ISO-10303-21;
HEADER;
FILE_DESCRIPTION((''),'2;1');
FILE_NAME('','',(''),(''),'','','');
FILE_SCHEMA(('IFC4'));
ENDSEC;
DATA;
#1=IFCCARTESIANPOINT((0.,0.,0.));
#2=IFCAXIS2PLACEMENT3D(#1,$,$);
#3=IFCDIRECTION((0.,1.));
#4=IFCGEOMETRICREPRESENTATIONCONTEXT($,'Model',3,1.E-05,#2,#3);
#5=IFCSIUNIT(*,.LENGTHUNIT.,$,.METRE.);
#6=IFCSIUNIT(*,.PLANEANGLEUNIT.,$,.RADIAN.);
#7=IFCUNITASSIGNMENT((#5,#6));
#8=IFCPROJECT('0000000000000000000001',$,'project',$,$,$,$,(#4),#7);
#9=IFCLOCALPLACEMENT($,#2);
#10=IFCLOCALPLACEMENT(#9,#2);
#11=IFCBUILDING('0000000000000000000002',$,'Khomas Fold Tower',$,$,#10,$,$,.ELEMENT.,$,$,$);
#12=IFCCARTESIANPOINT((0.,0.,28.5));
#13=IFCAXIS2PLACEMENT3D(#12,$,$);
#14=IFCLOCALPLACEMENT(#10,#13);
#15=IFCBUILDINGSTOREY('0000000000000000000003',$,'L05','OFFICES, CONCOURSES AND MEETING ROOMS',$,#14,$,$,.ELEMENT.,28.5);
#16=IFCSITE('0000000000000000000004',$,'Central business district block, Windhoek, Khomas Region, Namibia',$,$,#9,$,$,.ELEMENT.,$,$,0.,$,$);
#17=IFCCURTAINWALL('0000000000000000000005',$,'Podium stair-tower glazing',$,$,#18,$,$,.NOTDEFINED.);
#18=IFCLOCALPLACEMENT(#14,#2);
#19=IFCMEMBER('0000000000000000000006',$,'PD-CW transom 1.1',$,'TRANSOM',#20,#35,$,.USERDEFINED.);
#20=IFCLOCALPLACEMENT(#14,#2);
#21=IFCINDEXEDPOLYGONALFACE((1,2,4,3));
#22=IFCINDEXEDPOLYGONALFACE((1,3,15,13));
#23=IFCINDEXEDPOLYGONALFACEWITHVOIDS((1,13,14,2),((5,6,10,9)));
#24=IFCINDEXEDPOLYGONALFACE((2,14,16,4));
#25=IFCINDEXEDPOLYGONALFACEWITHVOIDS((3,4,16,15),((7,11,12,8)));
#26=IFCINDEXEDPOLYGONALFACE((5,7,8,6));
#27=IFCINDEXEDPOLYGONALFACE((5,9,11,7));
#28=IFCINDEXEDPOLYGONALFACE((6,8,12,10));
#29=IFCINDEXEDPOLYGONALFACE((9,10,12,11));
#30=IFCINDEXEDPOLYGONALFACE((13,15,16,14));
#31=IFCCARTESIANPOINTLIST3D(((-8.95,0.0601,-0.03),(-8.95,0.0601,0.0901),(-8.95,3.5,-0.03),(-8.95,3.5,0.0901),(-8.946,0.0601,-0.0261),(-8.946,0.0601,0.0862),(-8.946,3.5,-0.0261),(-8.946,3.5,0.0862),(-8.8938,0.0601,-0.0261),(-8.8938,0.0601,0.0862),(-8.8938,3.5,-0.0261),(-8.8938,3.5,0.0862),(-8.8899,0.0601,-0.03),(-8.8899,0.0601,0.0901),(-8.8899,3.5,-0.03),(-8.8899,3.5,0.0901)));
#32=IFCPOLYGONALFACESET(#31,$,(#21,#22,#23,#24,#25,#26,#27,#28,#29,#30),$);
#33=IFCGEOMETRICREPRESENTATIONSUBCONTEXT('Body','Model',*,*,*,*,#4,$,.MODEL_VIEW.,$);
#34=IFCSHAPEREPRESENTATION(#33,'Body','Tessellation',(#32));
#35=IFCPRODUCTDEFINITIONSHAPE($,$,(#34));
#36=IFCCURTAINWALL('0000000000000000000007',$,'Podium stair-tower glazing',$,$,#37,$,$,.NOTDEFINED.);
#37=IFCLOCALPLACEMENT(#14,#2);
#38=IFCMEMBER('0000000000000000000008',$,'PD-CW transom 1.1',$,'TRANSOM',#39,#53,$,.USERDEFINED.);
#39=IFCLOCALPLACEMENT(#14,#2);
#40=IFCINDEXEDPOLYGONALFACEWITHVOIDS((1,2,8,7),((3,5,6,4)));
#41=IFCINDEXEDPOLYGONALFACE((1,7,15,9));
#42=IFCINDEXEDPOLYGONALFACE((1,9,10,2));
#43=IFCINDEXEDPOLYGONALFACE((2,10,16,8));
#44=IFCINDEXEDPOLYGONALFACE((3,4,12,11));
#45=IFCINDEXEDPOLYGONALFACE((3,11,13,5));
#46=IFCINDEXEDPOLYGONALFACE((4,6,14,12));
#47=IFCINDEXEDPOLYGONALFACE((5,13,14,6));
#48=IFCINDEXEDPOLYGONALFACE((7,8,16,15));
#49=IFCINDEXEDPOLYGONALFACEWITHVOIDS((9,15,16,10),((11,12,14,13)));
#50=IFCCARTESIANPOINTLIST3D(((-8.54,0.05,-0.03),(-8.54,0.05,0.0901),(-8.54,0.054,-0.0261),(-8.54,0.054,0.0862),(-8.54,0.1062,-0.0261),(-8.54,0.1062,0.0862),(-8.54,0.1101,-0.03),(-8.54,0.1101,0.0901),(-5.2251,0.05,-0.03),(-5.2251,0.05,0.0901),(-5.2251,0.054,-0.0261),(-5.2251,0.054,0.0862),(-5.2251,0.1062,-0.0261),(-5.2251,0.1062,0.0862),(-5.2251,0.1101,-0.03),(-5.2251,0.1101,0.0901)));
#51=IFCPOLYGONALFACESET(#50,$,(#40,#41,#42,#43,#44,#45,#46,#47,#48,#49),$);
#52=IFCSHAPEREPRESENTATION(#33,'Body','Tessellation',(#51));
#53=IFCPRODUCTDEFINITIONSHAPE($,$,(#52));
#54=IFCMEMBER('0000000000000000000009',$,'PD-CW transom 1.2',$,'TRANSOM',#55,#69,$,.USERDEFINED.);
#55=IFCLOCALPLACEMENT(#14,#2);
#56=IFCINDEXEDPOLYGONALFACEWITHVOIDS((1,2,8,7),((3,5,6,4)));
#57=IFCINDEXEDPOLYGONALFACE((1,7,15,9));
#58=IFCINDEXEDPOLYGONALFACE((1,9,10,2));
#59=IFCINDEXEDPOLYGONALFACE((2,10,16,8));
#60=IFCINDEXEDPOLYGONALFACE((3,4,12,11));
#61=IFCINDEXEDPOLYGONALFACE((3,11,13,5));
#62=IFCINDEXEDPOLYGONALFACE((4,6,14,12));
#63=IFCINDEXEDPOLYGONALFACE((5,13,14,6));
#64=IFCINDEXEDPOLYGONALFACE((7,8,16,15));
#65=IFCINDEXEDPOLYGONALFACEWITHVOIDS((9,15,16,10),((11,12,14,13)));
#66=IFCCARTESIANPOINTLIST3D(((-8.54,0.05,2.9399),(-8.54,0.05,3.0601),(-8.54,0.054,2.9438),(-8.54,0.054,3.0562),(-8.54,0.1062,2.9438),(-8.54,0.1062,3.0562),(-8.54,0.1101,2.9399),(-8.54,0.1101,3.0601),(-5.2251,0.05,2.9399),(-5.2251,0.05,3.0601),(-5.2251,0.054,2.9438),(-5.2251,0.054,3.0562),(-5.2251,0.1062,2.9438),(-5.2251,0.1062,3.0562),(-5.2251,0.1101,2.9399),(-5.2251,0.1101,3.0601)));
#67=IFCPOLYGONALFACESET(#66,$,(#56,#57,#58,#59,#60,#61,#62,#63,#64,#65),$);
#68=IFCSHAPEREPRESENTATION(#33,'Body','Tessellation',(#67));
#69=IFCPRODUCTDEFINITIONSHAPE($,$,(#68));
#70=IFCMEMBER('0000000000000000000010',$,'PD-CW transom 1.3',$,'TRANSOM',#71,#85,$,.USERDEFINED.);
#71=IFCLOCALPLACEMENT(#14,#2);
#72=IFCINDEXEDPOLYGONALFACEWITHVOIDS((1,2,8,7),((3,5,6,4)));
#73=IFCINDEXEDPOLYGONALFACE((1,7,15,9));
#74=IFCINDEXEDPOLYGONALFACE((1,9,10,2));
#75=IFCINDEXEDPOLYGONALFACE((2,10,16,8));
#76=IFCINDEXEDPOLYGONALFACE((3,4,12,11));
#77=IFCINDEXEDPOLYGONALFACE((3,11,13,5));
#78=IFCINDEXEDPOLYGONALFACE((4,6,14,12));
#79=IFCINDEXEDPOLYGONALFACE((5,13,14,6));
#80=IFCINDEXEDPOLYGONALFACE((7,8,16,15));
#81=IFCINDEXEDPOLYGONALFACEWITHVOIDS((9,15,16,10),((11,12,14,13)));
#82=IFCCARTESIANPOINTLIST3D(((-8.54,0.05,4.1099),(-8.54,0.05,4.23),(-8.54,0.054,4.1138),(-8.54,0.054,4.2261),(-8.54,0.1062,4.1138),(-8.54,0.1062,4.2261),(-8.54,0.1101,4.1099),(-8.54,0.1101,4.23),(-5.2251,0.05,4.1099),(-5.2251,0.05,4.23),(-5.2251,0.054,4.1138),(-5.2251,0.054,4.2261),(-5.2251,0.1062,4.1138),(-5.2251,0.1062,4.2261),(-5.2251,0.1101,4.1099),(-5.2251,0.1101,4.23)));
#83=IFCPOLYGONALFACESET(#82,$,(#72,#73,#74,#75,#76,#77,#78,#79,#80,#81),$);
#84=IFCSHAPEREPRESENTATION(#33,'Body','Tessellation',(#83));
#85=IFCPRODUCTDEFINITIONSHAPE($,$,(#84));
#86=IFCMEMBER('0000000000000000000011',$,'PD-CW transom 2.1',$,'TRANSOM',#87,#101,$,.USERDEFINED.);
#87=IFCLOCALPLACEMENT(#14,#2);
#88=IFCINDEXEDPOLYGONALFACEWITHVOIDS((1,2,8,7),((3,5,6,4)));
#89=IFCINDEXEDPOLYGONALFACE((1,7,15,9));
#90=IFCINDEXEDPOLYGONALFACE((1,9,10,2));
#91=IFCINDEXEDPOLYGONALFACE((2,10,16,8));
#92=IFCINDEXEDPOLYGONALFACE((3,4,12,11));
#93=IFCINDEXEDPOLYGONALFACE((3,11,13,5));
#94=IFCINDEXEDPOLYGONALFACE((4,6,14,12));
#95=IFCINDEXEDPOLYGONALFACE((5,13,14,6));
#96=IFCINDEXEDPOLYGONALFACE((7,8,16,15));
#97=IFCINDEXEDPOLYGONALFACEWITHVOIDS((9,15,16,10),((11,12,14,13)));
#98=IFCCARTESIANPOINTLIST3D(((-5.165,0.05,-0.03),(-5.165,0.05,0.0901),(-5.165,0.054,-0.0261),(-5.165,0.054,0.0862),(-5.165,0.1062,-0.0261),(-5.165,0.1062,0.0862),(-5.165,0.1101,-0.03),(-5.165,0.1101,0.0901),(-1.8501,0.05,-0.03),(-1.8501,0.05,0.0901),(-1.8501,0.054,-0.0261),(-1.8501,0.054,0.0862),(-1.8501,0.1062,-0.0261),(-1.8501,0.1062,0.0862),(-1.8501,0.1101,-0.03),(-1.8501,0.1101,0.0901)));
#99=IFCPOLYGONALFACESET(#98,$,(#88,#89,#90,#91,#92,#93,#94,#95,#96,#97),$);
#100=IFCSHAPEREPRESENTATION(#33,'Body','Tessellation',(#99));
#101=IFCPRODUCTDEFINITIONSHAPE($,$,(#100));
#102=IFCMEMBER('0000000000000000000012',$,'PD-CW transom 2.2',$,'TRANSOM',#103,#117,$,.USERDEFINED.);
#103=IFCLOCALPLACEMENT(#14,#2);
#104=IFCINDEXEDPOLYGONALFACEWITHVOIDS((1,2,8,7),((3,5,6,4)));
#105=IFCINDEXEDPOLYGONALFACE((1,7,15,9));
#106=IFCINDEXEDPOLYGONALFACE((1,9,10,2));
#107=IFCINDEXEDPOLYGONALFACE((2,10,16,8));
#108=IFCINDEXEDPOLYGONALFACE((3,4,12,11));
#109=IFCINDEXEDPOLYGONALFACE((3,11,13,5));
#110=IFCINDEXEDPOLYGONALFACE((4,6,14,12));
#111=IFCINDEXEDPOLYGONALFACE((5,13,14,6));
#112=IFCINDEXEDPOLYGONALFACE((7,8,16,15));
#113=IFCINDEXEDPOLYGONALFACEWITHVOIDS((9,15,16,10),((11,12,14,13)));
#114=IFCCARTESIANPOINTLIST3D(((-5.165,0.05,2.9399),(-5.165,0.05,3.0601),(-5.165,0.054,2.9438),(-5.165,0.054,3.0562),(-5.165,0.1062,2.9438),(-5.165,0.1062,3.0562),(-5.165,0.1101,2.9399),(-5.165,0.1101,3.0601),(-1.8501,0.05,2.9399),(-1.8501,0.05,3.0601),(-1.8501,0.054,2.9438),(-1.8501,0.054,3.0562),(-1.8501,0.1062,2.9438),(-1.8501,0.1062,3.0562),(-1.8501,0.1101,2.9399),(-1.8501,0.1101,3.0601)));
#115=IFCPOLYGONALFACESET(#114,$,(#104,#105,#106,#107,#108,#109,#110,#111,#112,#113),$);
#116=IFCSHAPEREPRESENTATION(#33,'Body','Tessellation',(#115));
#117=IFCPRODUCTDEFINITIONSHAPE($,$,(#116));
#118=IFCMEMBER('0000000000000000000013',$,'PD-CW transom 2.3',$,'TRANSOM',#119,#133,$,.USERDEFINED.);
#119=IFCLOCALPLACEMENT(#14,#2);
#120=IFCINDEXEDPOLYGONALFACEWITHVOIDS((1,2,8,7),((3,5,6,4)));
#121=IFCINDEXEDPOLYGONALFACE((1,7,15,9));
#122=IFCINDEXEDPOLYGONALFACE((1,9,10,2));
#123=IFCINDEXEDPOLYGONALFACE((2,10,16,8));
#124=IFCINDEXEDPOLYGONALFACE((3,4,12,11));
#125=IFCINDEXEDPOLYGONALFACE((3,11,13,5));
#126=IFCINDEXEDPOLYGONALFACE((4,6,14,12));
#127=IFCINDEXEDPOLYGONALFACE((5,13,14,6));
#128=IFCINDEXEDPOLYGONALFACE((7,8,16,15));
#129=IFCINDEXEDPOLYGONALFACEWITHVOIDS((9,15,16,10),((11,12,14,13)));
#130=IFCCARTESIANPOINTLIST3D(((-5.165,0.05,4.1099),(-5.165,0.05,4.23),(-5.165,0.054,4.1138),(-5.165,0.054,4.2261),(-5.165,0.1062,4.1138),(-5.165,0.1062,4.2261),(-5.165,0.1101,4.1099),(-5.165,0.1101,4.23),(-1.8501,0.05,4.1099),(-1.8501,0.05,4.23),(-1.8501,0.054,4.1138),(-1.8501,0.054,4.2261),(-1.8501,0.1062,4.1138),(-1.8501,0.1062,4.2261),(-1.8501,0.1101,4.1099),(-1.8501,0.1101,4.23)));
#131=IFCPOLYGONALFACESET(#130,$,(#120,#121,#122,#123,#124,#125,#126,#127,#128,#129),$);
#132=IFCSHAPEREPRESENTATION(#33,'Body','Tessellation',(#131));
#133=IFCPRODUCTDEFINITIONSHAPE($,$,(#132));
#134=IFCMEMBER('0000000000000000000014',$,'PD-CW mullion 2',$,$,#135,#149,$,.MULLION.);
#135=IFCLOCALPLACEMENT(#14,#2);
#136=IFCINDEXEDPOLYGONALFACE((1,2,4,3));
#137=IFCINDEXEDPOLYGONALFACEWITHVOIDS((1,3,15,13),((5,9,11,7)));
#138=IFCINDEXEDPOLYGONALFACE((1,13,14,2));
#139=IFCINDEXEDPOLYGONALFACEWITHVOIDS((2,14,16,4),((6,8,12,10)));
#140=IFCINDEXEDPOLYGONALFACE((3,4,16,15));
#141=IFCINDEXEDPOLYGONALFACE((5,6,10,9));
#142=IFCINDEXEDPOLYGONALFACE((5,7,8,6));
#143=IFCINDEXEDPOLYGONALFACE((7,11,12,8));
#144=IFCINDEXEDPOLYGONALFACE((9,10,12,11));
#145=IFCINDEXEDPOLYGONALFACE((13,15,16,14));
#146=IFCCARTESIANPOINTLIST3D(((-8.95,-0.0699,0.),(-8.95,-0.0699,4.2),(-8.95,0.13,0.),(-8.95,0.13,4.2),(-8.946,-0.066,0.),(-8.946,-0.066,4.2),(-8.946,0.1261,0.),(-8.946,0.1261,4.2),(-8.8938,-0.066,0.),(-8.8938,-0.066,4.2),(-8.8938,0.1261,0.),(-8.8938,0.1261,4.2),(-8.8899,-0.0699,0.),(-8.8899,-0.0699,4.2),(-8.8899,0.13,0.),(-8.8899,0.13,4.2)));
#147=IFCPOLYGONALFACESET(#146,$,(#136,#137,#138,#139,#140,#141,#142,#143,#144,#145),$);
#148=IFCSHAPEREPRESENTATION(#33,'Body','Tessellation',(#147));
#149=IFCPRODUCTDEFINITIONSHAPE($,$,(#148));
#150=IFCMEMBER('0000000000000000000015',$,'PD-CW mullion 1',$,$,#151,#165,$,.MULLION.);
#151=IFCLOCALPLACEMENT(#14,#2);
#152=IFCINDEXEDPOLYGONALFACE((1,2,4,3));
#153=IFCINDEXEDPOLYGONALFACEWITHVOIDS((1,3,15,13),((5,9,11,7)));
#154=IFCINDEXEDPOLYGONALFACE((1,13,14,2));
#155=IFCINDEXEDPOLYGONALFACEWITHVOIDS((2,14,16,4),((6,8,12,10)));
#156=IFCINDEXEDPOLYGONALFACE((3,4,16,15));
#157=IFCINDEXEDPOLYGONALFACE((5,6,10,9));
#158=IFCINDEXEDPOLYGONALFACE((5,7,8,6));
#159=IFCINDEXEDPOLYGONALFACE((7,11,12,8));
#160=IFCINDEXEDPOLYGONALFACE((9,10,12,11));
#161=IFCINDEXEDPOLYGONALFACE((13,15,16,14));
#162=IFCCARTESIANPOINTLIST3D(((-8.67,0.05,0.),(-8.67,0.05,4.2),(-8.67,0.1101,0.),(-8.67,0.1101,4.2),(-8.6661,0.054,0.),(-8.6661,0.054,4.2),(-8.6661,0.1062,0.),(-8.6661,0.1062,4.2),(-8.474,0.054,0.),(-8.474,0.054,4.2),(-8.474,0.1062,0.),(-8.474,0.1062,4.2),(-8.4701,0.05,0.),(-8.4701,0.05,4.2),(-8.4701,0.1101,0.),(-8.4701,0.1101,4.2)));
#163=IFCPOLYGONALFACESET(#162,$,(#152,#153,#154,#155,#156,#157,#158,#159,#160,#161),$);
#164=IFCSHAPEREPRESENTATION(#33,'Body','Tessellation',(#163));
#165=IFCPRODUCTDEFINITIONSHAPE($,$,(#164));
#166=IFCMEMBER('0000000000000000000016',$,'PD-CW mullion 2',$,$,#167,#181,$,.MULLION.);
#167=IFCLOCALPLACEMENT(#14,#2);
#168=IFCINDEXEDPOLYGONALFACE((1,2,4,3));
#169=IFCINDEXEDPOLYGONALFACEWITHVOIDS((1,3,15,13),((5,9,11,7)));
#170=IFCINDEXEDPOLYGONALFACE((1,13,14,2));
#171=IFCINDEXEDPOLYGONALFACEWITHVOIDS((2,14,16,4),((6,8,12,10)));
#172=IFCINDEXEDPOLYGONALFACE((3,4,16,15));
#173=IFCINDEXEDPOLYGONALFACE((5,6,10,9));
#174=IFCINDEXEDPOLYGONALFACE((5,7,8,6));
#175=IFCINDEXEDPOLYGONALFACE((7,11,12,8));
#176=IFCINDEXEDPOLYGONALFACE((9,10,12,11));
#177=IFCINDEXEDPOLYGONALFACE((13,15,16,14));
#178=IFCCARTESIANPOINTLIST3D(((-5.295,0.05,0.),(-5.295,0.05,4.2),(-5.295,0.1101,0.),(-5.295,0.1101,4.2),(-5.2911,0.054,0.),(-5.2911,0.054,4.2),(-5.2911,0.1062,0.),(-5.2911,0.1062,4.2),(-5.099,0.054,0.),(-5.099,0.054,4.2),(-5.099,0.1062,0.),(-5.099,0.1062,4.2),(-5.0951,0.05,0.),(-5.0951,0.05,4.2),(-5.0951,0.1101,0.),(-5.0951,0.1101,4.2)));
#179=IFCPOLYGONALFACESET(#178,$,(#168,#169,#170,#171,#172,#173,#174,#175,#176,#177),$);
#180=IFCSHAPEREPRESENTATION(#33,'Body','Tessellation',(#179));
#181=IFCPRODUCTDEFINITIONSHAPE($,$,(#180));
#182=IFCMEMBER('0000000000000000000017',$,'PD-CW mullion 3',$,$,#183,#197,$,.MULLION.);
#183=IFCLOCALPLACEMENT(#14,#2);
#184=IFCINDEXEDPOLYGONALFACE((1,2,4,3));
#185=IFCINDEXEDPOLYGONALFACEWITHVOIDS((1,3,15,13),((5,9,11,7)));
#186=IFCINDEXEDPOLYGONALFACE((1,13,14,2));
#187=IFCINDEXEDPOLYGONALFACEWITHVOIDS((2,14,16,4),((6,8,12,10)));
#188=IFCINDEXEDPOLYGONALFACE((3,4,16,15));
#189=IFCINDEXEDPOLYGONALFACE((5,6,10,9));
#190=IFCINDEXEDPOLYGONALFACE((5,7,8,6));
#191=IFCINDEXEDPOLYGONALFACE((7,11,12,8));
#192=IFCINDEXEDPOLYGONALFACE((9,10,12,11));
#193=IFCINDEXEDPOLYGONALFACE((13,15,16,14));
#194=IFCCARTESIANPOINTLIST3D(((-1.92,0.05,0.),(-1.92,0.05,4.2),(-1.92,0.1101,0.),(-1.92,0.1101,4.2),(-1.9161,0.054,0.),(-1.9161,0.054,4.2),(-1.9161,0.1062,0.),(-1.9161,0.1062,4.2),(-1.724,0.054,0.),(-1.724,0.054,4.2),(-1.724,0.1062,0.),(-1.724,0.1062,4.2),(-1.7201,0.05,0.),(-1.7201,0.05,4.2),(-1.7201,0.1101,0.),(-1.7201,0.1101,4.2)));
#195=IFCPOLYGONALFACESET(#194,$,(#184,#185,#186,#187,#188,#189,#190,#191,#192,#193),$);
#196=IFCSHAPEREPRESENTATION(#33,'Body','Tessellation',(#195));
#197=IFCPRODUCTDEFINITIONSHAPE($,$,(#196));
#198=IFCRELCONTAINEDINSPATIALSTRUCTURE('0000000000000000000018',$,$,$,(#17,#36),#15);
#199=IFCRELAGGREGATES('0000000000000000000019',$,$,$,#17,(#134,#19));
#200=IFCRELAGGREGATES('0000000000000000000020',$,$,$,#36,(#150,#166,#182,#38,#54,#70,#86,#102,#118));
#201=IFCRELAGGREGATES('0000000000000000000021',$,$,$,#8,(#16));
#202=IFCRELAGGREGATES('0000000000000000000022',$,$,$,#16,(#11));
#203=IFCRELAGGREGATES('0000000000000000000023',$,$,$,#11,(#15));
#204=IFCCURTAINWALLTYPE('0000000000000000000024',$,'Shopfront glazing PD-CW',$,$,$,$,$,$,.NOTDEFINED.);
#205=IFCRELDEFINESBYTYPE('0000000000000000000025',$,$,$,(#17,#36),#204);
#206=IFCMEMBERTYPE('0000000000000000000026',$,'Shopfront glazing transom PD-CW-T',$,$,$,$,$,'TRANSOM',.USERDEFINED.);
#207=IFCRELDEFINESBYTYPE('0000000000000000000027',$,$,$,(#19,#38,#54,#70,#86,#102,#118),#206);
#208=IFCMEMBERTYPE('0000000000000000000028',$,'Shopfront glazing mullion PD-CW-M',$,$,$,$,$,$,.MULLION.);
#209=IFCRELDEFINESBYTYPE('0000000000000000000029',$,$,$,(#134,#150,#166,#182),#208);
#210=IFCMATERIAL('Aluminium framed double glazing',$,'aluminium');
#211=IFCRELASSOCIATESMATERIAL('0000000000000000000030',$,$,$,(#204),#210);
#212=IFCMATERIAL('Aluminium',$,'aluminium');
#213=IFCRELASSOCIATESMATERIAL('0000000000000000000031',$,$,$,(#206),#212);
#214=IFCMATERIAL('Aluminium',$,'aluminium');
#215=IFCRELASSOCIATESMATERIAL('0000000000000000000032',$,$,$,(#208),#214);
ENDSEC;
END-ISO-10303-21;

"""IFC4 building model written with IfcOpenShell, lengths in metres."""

from ifc_helpers import new_model, si_unit, direction, frame, origin, origin_2d, place, context, subcontext, project, spatial, hollow_rectangle, extrude, source, transform, mapped, material, material_profile, profile_set, type_object, element, aggregate, save


model = new_model("IFC4")

# Units and contexts
model_context = context("Model", 3, precision=1e-05, world=origin(), true_north=direction((0.0, 1.0)))
body_context = subcontext(model_context, "Body", "Model", "MODEL_VIEW")
ifc_project = project(units=[si_unit("LENGTHUNIT", "METRE"), si_unit("PLANEANGLEUNIT", "RADIAN")], contexts=[model_context])

# Site, building, storey
site_placement = place(None, origin())
site = spatial("IfcSite", under=ifc_project, at=site_placement, Name="Central business district block, Windhoek, Khomas Region, Namibia", CompositionType="ELEMENT", RefElevation=0.0)
building_placement = place(site_placement, origin())
building = spatial("IfcBuilding", under=site, at=building_placement, Name="Khomas Fold Tower", CompositionType="ELEMENT")
storey_placement = place(building_placement, frame((0.0, 0.0, 28.5)))
storey = spatial("IfcBuildingStorey", under=building, at=storey_placement, Name="L05", Description="OFFICES, CONCOURSES AND MEETING ROOMS", CompositionType="ELEMENT", Elevation=28.5)

# Curtain wall, member
ifc_material_1 = material(Name="Aluminium framed double glazing", Category="aluminium")
curtain_wall_type = type_object("IfcCurtainWallType", Name="Shopfront glazing PD-CW", PredefinedType="NOTDEFINED", material=ifc_material_1)
curtain_wall_1_placement = place(storey_placement, origin())
curtain_wall_1 = element("IfcCurtainWall", 1, at=curtain_wall_1_placement, inside=storey, type_object=curtain_wall_type, Name="Podium stair-tower glazing", PredefinedType="NOTDEFINED")
ifc_material_2 = material(Name="Aluminium", Category="aluminium")
ifc_material_profile_1 = material_profile(ifc_material_2, hollow_rectangle(XDim=0.0601, YDim=0.1201, WallThickness=0.0039, at=origin_2d()), Name="Shopfront glazing transom PD-CW-T")
ifc_profile_set_1 = profile_set([ifc_material_profile_1], Name="Aluminium")
member_type_1 = type_object("IfcMemberType", Name="Shopfront glazing transom PD-CW-T", ElementType="TRANSOM", PredefinedType="USERDEFINED", material=ifc_profile_set_1)
shared_shape_1 = source(origin(), body_context, "Body", "SweptSolid", [
    extrude(hollow_rectangle(XDim=0.0601, YDim=0.1201, WallThickness=0.0039, at=origin_2d()), origin(), (0.0, 0.0, 1.0), 3.4399),
])
member_1_placement = place(storey_placement, frame((-8.9199, 3.5, 0.03), z_axis=(0.0, -1.0, 0.0), x_axis=(1.0, 0.0, 0.0)))
member_1 = element("IfcMember", 2, at=member_1_placement, type_object=member_type_1, Name="PD-CW transom 1.1", ObjectType="TRANSOM", PredefinedType="USERDEFINED", context=body_context, shape_type="MappedRepresentation", body=[
    mapped(shared_shape_1, transform((0.0, 0.0, 0.0))),
])

# Curtain wall, members
curtain_wall_2_placement = place(storey_placement, origin())
curtain_wall_2 = element("IfcCurtainWall", 3, at=curtain_wall_2_placement, inside=storey, type_object=curtain_wall_type, Name="Podium stair-tower glazing", PredefinedType="NOTDEFINED")
shared_shape_2 = source(origin(), body_context, "Body", "SweptSolid", [
    extrude(hollow_rectangle(XDim=0.0601, YDim=0.1201, WallThickness=0.0039, at=origin_2d()), origin(), (0.0, 0.0, 1.0), 3.3149),
])
member_2_placement = place(storey_placement, frame((-8.54, 0.0801, 0.03), z_axis=(1.0, 0.0, 0.0), x_axis=(0.0, 1.0, 0.0)))
member_2 = element("IfcMember", 4, at=member_2_placement, type_object=member_type_1, Name="PD-CW transom 1.1", ObjectType="TRANSOM", PredefinedType="USERDEFINED", context=body_context, shape_type="MappedRepresentation", body=[
    mapped(shared_shape_2, transform((0.0, 0.0, 0.0))),
])
member_3_placement = place(storey_placement, frame((-8.54, 0.0801, 3.0), z_axis=(1.0, 0.0, 0.0), x_axis=(0.0, 1.0, 0.0)))
member_3 = element("IfcMember", 5, at=member_3_placement, type_object=member_type_1, Name="PD-CW transom 1.2", ObjectType="TRANSOM", PredefinedType="USERDEFINED", context=body_context, shape_type="MappedRepresentation", body=[
    mapped(shared_shape_2, transform((0.0, 0.0, 0.0))),
])
member_4_placement = place(storey_placement, frame((-8.54, 0.0801, 4.1699), z_axis=(1.0, 0.0, 0.0), x_axis=(0.0, 1.0, 0.0)))
member_4 = element("IfcMember", 6, at=member_4_placement, type_object=member_type_1, Name="PD-CW transom 1.3", ObjectType="TRANSOM", PredefinedType="USERDEFINED", context=body_context, shape_type="MappedRepresentation", body=[
    mapped(shared_shape_2, transform((0.0, 0.0, 0.0))),
])
member_5_placement = place(storey_placement, frame((-5.165, 0.0801, 0.03), z_axis=(1.0, 0.0, 0.0), x_axis=(0.0, 1.0, 0.0)))
member_5 = element("IfcMember", 7, at=member_5_placement, type_object=member_type_1, Name="PD-CW transom 2.1", ObjectType="TRANSOM", PredefinedType="USERDEFINED", context=body_context, shape_type="MappedRepresentation", body=[
    mapped(shared_shape_2, transform((0.0, 0.0, 0.0))),
])
member_6_placement = place(storey_placement, frame((-5.165, 0.0801, 3.0), z_axis=(1.0, 0.0, 0.0), x_axis=(0.0, 1.0, 0.0)))
member_6 = element("IfcMember", 8, at=member_6_placement, type_object=member_type_1, Name="PD-CW transom 2.2", ObjectType="TRANSOM", PredefinedType="USERDEFINED", context=body_context, shape_type="MappedRepresentation", body=[
    mapped(shared_shape_2, transform((0.0, 0.0, 0.0))),
])
member_7_placement = place(storey_placement, frame((-5.165, 0.0801, 4.1699), z_axis=(1.0, 0.0, 0.0), x_axis=(0.0, 1.0, 0.0)))
member_7 = element("IfcMember", 9, at=member_7_placement, type_object=member_type_1, Name="PD-CW transom 2.3", ObjectType="TRANSOM", PredefinedType="USERDEFINED", context=body_context, shape_type="MappedRepresentation", body=[
    mapped(shared_shape_2, transform((0.0, 0.0, 0.0))),
])

# Members
ifc_material_3 = material(Name="Aluminium", Category="aluminium")
ifc_material_profile_2 = material_profile(ifc_material_3, hollow_rectangle(XDim=0.0601, YDim=0.2, WallThickness=0.0039, at=origin_2d()), Name="Shopfront glazing mullion PD-CW-M")
ifc_profile_set_2 = profile_set([ifc_material_profile_2], Name="Aluminium")
member_type_2 = type_object("IfcMemberType", Name="Shopfront glazing mullion PD-CW-M", PredefinedType="MULLION", material=ifc_profile_set_2)
shared_shape_3 = source(origin(), body_context, "Body", "SweptSolid", [
    extrude(hollow_rectangle(XDim=0.0601, YDim=0.2, WallThickness=0.0039, at=origin_2d()), origin(), (0.0, 0.0, 1.0), 4.2),
])
member_8_placement = place(storey_placement, frame((-8.9199, 0.03, 0.0), z_axis=(0.0, 0.0, 1.0), x_axis=(1.0, 0.0, 0.0)))
member_8 = element("IfcMember", 10, at=member_8_placement, type_object=member_type_2, Name="PD-CW mullion 2", PredefinedType="MULLION", context=body_context, shape_type="MappedRepresentation", body=[
    mapped(shared_shape_3, transform((0.0, 0.0, 0.0))),
])
member_9_placement = place(storey_placement, frame((-8.5701, 0.0801, 0.0), z_axis=(0.0, 0.0, 1.0), x_axis=(0.0, 1.0, 0.0)))
member_9 = element("IfcMember", 11, at=member_9_placement, type_object=member_type_2, Name="PD-CW mullion 1", PredefinedType="MULLION", context=body_context, shape_type="MappedRepresentation", body=[
    mapped(shared_shape_3, transform((0.0, 0.0, 0.0))),
])
member_10_placement = place(storey_placement, frame((-5.1951, 0.0801, 0.0), z_axis=(0.0, 0.0, 1.0), x_axis=(0.0, 1.0, 0.0)))
member_10 = element("IfcMember", 12, at=member_10_placement, type_object=member_type_2, Name="PD-CW mullion 2", PredefinedType="MULLION", context=body_context, shape_type="MappedRepresentation", body=[
    mapped(shared_shape_3, transform((0.0, 0.0, 0.0))),
])
member_11_placement = place(storey_placement, frame((-1.8201, 0.0801, 0.0), z_axis=(0.0, 0.0, 1.0), x_axis=(0.0, 1.0, 0.0)))
member_11 = element("IfcMember", 13, at=member_11_placement, type_object=member_type_2, Name="PD-CW mullion 3", PredefinedType="MULLION", context=body_context, shape_type="MappedRepresentation", body=[
    mapped(shared_shape_3, transform((0.0, 0.0, 0.0))),
])

aggregate(curtain_wall_1, [member_8, member_1])
aggregate(curtain_wall_2, [member_9, member_10, member_11, member_2, member_3, member_4, member_5, member_6, member_7])

save(model, "model.ifc")
